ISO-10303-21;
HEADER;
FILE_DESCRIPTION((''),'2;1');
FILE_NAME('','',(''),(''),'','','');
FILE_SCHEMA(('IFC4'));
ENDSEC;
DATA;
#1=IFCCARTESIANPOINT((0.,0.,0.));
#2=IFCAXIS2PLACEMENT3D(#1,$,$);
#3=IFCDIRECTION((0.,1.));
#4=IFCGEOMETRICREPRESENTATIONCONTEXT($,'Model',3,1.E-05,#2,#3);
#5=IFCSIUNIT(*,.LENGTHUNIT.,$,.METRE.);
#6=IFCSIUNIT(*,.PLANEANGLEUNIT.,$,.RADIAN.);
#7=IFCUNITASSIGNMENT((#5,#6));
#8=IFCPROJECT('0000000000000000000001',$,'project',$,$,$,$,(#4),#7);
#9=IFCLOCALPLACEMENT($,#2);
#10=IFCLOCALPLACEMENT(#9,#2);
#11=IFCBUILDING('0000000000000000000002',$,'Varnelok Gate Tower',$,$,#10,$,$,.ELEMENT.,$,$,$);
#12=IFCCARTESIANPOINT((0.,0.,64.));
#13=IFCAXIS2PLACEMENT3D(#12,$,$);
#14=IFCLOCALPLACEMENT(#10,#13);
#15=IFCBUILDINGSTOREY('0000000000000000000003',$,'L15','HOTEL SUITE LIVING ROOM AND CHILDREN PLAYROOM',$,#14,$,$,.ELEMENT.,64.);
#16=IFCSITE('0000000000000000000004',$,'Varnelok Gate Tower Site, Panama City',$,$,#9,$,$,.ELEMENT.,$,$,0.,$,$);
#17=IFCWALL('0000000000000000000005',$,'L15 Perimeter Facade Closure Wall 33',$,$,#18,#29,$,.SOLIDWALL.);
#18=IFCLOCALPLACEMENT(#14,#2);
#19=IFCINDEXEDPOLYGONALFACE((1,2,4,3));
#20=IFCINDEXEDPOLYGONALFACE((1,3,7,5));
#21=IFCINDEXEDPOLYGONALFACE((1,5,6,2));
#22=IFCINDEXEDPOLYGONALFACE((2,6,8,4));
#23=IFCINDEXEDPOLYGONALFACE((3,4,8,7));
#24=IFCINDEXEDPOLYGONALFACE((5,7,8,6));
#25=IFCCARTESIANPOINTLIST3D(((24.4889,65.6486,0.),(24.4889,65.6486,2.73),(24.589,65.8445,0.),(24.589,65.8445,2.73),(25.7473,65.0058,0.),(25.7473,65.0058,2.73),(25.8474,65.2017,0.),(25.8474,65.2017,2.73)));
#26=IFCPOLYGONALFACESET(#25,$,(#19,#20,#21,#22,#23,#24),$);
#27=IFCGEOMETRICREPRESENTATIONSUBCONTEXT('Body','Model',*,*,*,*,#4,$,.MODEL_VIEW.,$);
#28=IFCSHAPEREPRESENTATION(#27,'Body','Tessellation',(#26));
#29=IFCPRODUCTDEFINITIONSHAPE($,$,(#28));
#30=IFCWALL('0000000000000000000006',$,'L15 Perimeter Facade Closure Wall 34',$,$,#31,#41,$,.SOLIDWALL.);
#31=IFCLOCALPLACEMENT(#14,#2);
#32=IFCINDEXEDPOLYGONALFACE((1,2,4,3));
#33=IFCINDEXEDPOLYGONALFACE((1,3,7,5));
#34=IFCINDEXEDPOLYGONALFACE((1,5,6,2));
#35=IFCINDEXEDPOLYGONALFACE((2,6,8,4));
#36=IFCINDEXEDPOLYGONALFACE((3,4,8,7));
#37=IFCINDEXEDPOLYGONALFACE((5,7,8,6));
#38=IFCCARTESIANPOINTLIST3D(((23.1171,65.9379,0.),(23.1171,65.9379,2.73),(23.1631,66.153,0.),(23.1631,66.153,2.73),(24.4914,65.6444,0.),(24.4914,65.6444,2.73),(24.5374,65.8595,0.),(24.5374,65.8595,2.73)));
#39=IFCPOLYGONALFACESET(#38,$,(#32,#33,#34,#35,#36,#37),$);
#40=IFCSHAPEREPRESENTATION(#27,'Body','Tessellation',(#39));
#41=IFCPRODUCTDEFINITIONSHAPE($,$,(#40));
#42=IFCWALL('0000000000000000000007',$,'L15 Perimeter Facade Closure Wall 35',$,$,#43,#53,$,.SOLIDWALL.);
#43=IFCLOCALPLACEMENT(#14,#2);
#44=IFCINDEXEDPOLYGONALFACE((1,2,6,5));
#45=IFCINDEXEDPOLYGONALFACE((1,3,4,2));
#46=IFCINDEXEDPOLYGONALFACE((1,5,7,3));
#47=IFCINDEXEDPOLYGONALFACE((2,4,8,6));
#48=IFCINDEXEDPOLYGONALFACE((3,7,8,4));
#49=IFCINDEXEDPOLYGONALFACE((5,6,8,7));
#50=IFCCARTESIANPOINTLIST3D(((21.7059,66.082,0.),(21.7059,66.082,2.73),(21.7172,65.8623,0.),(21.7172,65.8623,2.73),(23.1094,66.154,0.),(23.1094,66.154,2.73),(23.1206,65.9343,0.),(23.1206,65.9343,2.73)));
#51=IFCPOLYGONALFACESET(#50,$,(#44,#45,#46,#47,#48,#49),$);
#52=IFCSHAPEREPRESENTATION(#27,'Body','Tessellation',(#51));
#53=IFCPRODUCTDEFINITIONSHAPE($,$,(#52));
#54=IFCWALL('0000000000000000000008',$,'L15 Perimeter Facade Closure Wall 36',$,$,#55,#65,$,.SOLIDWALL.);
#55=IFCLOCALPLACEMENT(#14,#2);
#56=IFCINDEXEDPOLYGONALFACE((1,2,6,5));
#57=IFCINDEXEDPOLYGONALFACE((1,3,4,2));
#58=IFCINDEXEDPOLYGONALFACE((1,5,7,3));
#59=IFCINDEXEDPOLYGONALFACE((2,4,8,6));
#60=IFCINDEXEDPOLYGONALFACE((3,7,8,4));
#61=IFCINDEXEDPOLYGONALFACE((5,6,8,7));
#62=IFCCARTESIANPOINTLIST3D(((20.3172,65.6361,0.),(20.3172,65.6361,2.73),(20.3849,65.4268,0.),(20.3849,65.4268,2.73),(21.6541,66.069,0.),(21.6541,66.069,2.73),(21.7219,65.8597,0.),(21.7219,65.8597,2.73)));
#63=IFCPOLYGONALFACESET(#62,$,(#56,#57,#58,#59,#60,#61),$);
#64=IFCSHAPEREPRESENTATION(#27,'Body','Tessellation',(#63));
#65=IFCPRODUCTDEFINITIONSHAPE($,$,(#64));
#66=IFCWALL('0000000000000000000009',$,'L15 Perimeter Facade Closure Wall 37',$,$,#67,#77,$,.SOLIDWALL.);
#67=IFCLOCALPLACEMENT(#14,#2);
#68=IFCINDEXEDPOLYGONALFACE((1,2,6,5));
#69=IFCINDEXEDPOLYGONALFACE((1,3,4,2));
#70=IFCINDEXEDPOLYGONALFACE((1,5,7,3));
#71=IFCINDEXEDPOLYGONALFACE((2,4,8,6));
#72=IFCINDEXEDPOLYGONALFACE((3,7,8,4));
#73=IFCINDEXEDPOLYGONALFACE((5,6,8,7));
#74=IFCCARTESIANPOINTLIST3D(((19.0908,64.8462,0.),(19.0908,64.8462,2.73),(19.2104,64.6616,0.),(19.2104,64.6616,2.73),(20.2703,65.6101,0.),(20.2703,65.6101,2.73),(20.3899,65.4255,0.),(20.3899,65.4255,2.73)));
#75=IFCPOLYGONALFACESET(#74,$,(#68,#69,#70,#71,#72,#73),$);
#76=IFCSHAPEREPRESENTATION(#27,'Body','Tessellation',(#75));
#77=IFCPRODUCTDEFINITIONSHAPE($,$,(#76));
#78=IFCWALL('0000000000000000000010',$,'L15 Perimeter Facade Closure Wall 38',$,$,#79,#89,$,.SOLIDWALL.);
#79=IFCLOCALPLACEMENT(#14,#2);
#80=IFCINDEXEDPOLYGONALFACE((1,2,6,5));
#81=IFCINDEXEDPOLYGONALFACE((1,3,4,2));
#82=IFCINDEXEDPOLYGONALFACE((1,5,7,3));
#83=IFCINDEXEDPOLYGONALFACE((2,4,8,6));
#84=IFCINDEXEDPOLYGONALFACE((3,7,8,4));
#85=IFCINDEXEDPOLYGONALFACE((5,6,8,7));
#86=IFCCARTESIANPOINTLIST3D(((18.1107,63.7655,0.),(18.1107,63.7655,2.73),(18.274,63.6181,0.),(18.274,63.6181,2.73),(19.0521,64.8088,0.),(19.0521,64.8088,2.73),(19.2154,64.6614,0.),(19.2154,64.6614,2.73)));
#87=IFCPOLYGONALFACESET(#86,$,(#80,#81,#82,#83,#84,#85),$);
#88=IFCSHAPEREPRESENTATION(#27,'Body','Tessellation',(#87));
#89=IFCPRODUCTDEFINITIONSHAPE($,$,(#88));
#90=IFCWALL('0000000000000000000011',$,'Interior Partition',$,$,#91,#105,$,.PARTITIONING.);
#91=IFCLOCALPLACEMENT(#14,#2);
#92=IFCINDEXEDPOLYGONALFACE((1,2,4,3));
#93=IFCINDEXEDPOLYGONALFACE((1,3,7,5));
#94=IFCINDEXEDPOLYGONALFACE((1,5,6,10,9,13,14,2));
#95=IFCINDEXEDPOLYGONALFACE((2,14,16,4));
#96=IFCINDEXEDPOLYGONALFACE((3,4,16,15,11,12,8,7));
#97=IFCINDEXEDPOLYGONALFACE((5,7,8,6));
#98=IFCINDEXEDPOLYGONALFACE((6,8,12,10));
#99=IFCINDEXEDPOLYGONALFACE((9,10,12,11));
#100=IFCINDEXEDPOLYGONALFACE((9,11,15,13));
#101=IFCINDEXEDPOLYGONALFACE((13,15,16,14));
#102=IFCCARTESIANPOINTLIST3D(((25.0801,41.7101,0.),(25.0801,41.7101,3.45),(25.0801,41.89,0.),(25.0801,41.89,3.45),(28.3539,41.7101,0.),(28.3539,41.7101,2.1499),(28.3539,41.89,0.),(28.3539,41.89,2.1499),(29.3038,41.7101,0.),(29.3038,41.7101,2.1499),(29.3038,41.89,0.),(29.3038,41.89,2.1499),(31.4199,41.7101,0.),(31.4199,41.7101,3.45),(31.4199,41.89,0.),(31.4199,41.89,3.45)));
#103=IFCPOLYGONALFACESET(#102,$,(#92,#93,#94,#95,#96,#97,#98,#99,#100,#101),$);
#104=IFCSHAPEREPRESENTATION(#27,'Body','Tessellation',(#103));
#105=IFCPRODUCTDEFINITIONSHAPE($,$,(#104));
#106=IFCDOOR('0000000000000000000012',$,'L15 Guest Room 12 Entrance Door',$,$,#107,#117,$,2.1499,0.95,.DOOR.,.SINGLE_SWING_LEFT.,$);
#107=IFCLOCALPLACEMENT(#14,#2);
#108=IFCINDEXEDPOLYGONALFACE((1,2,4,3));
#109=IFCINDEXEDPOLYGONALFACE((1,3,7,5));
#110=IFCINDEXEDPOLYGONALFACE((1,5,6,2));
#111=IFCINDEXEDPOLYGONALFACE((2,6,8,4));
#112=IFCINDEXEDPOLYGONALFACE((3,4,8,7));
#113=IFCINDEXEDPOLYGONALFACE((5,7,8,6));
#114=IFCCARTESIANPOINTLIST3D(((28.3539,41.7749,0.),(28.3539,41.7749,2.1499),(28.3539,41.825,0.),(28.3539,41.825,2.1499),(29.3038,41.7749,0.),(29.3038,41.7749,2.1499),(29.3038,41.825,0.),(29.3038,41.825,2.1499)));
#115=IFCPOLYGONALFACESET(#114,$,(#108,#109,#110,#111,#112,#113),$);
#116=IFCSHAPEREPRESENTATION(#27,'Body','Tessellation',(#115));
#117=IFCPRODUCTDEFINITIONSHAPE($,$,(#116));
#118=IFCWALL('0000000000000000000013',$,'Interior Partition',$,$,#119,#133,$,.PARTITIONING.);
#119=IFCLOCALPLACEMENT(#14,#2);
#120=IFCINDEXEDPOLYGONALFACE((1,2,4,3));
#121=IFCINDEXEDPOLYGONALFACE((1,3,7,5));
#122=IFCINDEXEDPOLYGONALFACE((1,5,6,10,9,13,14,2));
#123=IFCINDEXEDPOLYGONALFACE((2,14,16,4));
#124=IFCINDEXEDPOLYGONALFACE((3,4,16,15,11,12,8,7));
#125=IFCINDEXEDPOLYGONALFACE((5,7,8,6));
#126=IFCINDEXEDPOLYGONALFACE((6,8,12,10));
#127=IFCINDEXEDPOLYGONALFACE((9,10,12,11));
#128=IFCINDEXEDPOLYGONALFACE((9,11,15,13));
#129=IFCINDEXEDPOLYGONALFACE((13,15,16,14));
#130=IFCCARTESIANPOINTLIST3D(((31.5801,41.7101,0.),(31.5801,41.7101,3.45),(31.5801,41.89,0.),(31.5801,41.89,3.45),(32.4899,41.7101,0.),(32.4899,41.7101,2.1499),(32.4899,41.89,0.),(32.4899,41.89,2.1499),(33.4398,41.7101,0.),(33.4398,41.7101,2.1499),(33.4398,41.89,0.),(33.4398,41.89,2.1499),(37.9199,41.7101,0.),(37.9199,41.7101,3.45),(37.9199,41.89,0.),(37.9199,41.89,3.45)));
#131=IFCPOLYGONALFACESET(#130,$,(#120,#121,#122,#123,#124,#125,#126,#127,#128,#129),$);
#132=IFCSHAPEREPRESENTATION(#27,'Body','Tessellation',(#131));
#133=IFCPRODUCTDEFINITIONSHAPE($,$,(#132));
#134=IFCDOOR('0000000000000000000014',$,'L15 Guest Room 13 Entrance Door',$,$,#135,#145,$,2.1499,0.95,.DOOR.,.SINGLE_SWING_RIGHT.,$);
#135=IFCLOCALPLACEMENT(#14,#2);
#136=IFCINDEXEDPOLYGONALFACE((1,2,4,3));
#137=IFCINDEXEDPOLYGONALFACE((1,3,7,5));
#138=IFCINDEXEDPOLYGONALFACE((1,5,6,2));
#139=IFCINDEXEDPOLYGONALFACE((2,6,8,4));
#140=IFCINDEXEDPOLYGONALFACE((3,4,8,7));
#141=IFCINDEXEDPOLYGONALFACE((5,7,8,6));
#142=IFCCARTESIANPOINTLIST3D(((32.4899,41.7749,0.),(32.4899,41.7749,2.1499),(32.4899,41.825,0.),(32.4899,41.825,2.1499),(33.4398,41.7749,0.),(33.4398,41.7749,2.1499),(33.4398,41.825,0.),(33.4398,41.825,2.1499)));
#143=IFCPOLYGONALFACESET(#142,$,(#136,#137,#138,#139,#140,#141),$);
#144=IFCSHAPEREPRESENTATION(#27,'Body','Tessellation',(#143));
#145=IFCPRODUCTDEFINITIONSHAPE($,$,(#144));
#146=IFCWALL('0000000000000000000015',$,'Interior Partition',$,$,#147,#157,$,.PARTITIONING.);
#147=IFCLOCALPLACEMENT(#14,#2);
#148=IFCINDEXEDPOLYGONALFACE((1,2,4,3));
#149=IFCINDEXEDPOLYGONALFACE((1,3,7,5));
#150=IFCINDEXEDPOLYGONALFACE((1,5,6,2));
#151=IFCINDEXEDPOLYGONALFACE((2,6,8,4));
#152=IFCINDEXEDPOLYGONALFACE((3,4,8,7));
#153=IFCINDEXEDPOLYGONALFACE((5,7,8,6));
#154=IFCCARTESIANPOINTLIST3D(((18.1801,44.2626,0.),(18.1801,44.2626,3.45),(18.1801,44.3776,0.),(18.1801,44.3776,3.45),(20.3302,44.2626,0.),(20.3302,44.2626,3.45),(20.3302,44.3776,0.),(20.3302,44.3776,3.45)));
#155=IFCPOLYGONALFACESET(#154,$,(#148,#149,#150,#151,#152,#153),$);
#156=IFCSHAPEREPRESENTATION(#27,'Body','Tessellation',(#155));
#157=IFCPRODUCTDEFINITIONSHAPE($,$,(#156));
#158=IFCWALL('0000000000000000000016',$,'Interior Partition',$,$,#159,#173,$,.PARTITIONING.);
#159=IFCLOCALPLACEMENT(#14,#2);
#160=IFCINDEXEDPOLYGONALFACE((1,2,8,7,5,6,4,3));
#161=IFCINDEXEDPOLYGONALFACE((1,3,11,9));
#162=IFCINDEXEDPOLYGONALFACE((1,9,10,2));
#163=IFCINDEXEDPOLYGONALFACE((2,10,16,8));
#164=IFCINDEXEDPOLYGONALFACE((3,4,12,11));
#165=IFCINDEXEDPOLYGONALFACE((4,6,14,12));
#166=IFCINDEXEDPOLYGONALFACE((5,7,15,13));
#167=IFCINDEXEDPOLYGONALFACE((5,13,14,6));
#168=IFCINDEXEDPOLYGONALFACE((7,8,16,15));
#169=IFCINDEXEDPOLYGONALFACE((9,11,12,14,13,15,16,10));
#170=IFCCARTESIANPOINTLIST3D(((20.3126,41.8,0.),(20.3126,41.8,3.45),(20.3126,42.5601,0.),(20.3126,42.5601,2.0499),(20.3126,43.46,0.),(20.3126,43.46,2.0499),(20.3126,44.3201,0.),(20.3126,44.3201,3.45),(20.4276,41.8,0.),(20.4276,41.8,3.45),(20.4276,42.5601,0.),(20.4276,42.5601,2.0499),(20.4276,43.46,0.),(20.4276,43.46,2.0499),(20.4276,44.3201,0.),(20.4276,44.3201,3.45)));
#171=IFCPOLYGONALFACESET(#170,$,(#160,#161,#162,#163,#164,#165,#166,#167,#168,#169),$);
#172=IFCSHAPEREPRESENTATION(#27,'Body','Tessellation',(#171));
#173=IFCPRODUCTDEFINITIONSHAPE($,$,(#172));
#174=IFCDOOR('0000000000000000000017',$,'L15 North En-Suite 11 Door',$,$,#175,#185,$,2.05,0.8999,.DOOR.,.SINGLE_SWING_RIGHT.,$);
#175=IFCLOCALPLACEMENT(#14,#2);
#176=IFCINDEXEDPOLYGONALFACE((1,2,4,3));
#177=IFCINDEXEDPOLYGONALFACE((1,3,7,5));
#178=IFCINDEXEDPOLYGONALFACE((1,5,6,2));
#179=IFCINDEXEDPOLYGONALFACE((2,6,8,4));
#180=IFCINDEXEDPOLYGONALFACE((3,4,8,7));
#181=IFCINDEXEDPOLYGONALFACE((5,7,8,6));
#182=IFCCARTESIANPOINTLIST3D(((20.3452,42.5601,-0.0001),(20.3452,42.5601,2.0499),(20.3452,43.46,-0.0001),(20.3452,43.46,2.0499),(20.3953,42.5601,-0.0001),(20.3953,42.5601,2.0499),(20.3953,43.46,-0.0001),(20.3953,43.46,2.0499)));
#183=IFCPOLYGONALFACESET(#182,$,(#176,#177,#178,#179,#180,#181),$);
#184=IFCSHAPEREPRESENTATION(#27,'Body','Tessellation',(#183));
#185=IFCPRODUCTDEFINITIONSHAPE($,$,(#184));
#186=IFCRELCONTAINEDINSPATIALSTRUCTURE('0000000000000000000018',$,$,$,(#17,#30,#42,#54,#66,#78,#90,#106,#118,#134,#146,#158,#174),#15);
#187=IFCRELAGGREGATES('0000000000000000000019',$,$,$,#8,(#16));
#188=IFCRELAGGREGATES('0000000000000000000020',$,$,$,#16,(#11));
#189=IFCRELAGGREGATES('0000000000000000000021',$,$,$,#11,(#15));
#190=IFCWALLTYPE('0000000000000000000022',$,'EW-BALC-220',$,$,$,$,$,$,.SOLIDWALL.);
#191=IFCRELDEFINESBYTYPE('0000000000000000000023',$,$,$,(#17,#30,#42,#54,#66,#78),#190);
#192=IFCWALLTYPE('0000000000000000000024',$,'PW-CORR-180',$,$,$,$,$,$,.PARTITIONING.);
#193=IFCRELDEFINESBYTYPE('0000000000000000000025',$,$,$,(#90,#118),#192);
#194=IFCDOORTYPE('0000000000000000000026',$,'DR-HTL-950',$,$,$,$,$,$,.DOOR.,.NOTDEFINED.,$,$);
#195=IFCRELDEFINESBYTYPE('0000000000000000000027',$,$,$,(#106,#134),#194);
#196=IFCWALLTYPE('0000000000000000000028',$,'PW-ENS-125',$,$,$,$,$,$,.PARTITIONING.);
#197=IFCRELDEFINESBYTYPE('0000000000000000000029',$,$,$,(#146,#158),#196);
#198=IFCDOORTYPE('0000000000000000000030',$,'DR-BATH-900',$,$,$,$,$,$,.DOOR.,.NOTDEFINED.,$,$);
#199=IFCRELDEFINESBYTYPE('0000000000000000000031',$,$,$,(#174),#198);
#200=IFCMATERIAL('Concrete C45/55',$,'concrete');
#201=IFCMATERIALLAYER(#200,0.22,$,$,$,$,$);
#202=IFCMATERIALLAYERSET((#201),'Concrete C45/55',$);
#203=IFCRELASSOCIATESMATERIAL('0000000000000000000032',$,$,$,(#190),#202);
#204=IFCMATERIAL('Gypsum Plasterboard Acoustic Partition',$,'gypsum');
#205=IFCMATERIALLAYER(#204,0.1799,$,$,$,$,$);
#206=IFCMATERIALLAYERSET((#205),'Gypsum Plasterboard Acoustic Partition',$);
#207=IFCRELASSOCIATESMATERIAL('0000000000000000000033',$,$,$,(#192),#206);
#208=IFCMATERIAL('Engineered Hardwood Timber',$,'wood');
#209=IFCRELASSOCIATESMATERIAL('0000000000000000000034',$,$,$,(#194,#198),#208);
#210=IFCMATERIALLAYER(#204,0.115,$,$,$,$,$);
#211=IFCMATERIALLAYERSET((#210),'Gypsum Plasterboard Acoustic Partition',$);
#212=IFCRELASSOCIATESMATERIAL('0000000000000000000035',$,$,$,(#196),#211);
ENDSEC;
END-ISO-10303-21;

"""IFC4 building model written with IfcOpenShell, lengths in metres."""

from ifc_helpers import new_model, si_unit, direction, frame, frame_2d, origin, place, context, subcontext, project, spatial, rectangle, extrude, material, layer, layer_set, type_object, element, fill, save


model = new_model("IFC4")

# Units and contexts
model_context = context("Model", 3, precision=1e-05, world=origin(), true_north=direction((0.0, 1.0)))
body_context = subcontext(model_context, "Body", "Model", "MODEL_VIEW")
ifc_project = project(units=[si_unit("LENGTHUNIT", "METRE"), si_unit("PLANEANGLEUNIT", "RADIAN")], contexts=[model_context])

# Site, building, storey
site_placement = place(None, origin())
site = spatial("IfcSite", under=ifc_project, at=site_placement, Name="Varnelok Gate Tower Site, Panama City", CompositionType="ELEMENT", RefElevation=0.0)
building_placement = place(site_placement, origin())
building = spatial("IfcBuilding", under=site, at=building_placement, Name="Varnelok Gate Tower", CompositionType="ELEMENT")
storey_placement = place(building_placement, frame((0.0, 0.0, 64.0)))
storey = spatial("IfcBuildingStorey", under=building, at=storey_placement, Name="L15", Description="HOTEL SUITE LIVING ROOM AND CHILDREN PLAYROOM", CompositionType="ELEMENT", Elevation=64.0)

# Walls
ifc_material_1 = material(Name="Concrete C45/55", Category="concrete")
ifc_layer_1 = layer(ifc_material_1, 0.22)
ifc_layer_set_1 = layer_set([ifc_layer_1], Name="Concrete C45/55")
wall_type_1 = type_object("IfcWallType", Name="EW-BALC-220", PredefinedType="SOLIDWALL", material=ifc_layer_set_1)
wall_1_placement = place(storey_placement, frame((25.7974, 65.1038, 0.0), z_axis=(0.0, 0.0, 1.0), x_axis=(-0.890559, 0.454868, 0.0)))
element("IfcWall", 1, at=wall_1_placement, inside=storey, type_object=wall_type_1, Name="L15 Perimeter Facade Closure Wall 33", PredefinedType="SOLIDWALL", context=body_context, shape_type="SweptSolid", body=[
    extrude(rectangle(XDim=1.4131, YDim=0.22, at=frame_2d((0.7065, 0.0))), origin(), (0.0, 0.0, 1.0), 2.73),
])
for number, where, z_axis, x_axis, name in (
    (2, (24.5144, 65.752, 0.0), (0.0, 0.0, 1.0), (-0.977952, 0.208829, 0.0), "L15 Perimeter Facade Closure Wall 34"),
    (3, (23.115, 66.0442, 0.0), (0.0, 0.0, 1.0), (-0.998686, -0.051255, 0.0), "L15 Perimeter Facade Closure Wall 35"),
    (4, (21.688, 65.9644, 0.0), (0.0, 0.0, 1.0), (-0.951376, -0.308033, 0.0), "L15 Perimeter Facade Closure Wall 36"),
    (5, (20.3301, 65.5178, 0.0), (0.0, 0.0, 1.0), (-0.839328, -0.543626, 0.0), "L15 Perimeter Facade Closure Wall 37"),
    (6, (19.1338, 64.7351, 0.0), (0.0, 0.0, 1.0), (-0.669953, -0.742404, 0.0), "L15 Perimeter Facade Closure Wall 38"),
):
    element("IfcWall", number, at=place(storey_placement, frame(where, z_axis=z_axis, x_axis=x_axis)), inside=storey, type_object=wall_type_1, Name=name, PredefinedType="SOLIDWALL", context=body_context, shape_type="SweptSolid", body=[
        extrude(rectangle(XDim=1.4053, YDim=0.22, at=frame_2d((0.7026, 0.0))), origin(), (0.0, 0.0, 1.0), 2.73),
    ])

# Walls, openings, doors
ifc_material_2 = material(Name="Gypsum Plasterboard Acoustic Partition", Category="gypsum")
ifc_layer_2 = layer(ifc_material_2, 0.1799)
ifc_layer_set_2 = layer_set([ifc_layer_2], Name="Gypsum Plasterboard Acoustic Partition")
wall_type_2 = type_object("IfcWallType", Name="PW-CORR-180", PredefinedType="PARTITIONING", material=ifc_layer_set_2)
wall_2_placement = place(storey_placement, frame((25.0801, 41.8, 0.0), z_axis=(0.0, 0.0, 1.0), x_axis=(1.0, 0.0, 0.0)))
wall_2 = element("IfcWall", 7, at=wall_2_placement, inside=storey, type_object=wall_type_2, Name="Interior Partition", PredefinedType="PARTITIONING", context=body_context, shape_type="SweptSolid", body=[
    extrude(rectangle(XDim=6.3398, YDim=0.1799, at=frame_2d((3.1699, 0.0))), origin(), (0.0, 0.0, 1.0), 3.45),
])
opening_1_placement = place(wall_2_placement, frame((3.2737, 0.0, 0.0)))
opening_1 = element("IfcOpeningElement", 8, at=opening_1_placement, cuts=wall_2, PredefinedType="OPENING", context=body_context, shape_type="SweptSolid", body=[
    extrude(rectangle(XDim=0.95, YDim=2.1499, at=frame_2d((0.4751, 1.075))), frame((0.0, 0.0999, 0.0), z_axis=(0.0, -1.0, 0.0), x_axis=(1.0, 0.0, 0.0)), (0.0, 0.0, 1.0), 0.2),
])
ifc_material_3 = material(Name="Engineered Hardwood Timber", Category="wood")
door_type_1 = type_object("IfcDoorType", Name="DR-HTL-950", OperationType="NOTDEFINED", PredefinedType="DOOR", material=ifc_material_3)
door_1_placement = place(opening_1_placement, origin())
door_1 = element("IfcDoor", 9, at=door_1_placement, inside=storey, type_object=door_type_1, Name="L15 Guest Room 12 Entrance Door", OperationType="SINGLE_SWING_LEFT", OverallHeight=2.1499, OverallWidth=0.95, PredefinedType="DOOR", context=body_context, shape_type="SweptSolid", body=[
    extrude(rectangle(XDim=0.95, YDim=2.1499, at=frame_2d((0.4751, 1.075))), frame((0.0, 0.0249, 0.0), z_axis=(0.0, -1.0, 0.0), x_axis=(1.0, 0.0, 0.0)), (0.0, 0.0, 1.0), 0.05),
])
fill(opening_1, door_1)
wall_3_placement = place(storey_placement, frame((31.5801, 41.8, 0.0), z_axis=(0.0, 0.0, 1.0), x_axis=(1.0, 0.0, 0.0)))
wall_3 = element("IfcWall", 10, at=wall_3_placement, inside=storey, type_object=wall_type_2, Name="Interior Partition", PredefinedType="PARTITIONING", context=body_context, shape_type="SweptSolid", body=[
    extrude(rectangle(XDim=6.3398, YDim=0.1799, at=frame_2d((3.1699, 0.0))), origin(), (0.0, 0.0, 1.0), 3.45),
])
opening_2_placement = place(wall_3_placement, frame((0.9097, 0.0, 0.0)))
opening_2 = element("IfcOpeningElement", 11, at=opening_2_placement, cuts=wall_3, PredefinedType="OPENING", context=body_context, shape_type="SweptSolid", body=[
    extrude(rectangle(XDim=0.95, YDim=2.1499, at=frame_2d((0.4751, 1.075))), frame((0.0, 0.0999, 0.0), z_axis=(0.0, -1.0, 0.0), x_axis=(1.0, 0.0, 0.0)), (0.0, 0.0, 1.0), 0.2),
])
door_2_placement = place(opening_2_placement, origin())
door_2 = element("IfcDoor", 12, at=door_2_placement, inside=storey, type_object=door_type_1, Name="L15 Guest Room 13 Entrance Door", OperationType="SINGLE_SWING_RIGHT", OverallHeight=2.1499, OverallWidth=0.95, PredefinedType="DOOR", context=body_context, shape_type="SweptSolid", body=[
    extrude(rectangle(XDim=0.95, YDim=2.1499, at=frame_2d((0.4751, 1.075))), frame((0.0, 0.0249, 0.0), z_axis=(0.0, -1.0, 0.0), x_axis=(1.0, 0.0, 0.0)), (0.0, 0.0, 1.0), 0.05),
])
fill(opening_2, door_2)

# Wall
ifc_layer_3 = layer(ifc_material_2, 0.115)
ifc_layer_set_3 = layer_set([ifc_layer_3], Name="Gypsum Plasterboard Acoustic Partition")
wall_type_3 = type_object("IfcWallType", Name="PW-ENS-125", PredefinedType="PARTITIONING", material=ifc_layer_set_3)
wall_4_placement = place(storey_placement, frame((18.1799, 44.3201, 0.0), z_axis=(0.0, 0.0, 1.0), x_axis=(1.0, 0.0, 0.0)))
element("IfcWall", 13, at=wall_4_placement, inside=storey, type_object=wall_type_3, Name="Interior Partition", PredefinedType="PARTITIONING", context=body_context, shape_type="SweptSolid", body=[
    extrude(rectangle(XDim=2.1501, YDim=0.115, at=frame_2d((1.0752, 0.0))), origin(), (0.0, 0.0, 1.0), 3.45),
])

# Wall, opening, door
wall_5_placement = place(storey_placement, frame((20.3701, 41.8, 0.0), z_axis=(0.0, 0.0, 1.0), x_axis=(0.0, 1.0, 0.0)))
wall_5 = element("IfcWall", 14, at=wall_5_placement, inside=storey, type_object=wall_type_3, Name="Interior Partition", PredefinedType="PARTITIONING", context=body_context, shape_type="SweptSolid", body=[
    extrude(rectangle(XDim=2.52, YDim=0.115, at=frame_2d((1.26, 0.0))), origin(), (0.0, 0.0, 1.0), 3.45),
])
opening_3_placement = place(wall_5_placement, frame((0.76, 0.0, 0.0)))
opening_3 = element("IfcOpeningElement", 15, at=opening_3_placement, cuts=wall_5, PredefinedType="OPENING", context=body_context, shape_type="SweptSolid", body=[
    extrude(rectangle(XDim=0.8999, YDim=2.05, at=frame_2d((0.45, 1.0249))), frame((0.0, 0.0674, 0.0), z_axis=(0.0, -1.0, 0.0), x_axis=(1.0, 0.0, 0.0)), (0.0, 0.0, 1.0), 0.135),
])
door_type_2 = type_object("IfcDoorType", Name="DR-BATH-900", OperationType="NOTDEFINED", PredefinedType="DOOR", material=ifc_material_3)
door_3_placement = place(opening_3_placement, origin())
door_3 = element("IfcDoor", 16, at=door_3_placement, inside=storey, type_object=door_type_2, Name="L15 North En-Suite 11 Door", OperationType="SINGLE_SWING_RIGHT", OverallHeight=2.05, OverallWidth=0.8999, PredefinedType="DOOR", context=body_context, shape_type="SweptSolid", body=[
    extrude(rectangle(XDim=0.8999, YDim=2.05, at=frame_2d((0.45, 1.0249))), frame((0.0, 0.0249, 0.0), z_axis=(0.0, -1.0, 0.0), x_axis=(1.0, 0.0, 0.0)), (0.0, 0.0, 1.0), 0.05),
])
fill(opening_3, door_3)

save(model, "model.ifc")
